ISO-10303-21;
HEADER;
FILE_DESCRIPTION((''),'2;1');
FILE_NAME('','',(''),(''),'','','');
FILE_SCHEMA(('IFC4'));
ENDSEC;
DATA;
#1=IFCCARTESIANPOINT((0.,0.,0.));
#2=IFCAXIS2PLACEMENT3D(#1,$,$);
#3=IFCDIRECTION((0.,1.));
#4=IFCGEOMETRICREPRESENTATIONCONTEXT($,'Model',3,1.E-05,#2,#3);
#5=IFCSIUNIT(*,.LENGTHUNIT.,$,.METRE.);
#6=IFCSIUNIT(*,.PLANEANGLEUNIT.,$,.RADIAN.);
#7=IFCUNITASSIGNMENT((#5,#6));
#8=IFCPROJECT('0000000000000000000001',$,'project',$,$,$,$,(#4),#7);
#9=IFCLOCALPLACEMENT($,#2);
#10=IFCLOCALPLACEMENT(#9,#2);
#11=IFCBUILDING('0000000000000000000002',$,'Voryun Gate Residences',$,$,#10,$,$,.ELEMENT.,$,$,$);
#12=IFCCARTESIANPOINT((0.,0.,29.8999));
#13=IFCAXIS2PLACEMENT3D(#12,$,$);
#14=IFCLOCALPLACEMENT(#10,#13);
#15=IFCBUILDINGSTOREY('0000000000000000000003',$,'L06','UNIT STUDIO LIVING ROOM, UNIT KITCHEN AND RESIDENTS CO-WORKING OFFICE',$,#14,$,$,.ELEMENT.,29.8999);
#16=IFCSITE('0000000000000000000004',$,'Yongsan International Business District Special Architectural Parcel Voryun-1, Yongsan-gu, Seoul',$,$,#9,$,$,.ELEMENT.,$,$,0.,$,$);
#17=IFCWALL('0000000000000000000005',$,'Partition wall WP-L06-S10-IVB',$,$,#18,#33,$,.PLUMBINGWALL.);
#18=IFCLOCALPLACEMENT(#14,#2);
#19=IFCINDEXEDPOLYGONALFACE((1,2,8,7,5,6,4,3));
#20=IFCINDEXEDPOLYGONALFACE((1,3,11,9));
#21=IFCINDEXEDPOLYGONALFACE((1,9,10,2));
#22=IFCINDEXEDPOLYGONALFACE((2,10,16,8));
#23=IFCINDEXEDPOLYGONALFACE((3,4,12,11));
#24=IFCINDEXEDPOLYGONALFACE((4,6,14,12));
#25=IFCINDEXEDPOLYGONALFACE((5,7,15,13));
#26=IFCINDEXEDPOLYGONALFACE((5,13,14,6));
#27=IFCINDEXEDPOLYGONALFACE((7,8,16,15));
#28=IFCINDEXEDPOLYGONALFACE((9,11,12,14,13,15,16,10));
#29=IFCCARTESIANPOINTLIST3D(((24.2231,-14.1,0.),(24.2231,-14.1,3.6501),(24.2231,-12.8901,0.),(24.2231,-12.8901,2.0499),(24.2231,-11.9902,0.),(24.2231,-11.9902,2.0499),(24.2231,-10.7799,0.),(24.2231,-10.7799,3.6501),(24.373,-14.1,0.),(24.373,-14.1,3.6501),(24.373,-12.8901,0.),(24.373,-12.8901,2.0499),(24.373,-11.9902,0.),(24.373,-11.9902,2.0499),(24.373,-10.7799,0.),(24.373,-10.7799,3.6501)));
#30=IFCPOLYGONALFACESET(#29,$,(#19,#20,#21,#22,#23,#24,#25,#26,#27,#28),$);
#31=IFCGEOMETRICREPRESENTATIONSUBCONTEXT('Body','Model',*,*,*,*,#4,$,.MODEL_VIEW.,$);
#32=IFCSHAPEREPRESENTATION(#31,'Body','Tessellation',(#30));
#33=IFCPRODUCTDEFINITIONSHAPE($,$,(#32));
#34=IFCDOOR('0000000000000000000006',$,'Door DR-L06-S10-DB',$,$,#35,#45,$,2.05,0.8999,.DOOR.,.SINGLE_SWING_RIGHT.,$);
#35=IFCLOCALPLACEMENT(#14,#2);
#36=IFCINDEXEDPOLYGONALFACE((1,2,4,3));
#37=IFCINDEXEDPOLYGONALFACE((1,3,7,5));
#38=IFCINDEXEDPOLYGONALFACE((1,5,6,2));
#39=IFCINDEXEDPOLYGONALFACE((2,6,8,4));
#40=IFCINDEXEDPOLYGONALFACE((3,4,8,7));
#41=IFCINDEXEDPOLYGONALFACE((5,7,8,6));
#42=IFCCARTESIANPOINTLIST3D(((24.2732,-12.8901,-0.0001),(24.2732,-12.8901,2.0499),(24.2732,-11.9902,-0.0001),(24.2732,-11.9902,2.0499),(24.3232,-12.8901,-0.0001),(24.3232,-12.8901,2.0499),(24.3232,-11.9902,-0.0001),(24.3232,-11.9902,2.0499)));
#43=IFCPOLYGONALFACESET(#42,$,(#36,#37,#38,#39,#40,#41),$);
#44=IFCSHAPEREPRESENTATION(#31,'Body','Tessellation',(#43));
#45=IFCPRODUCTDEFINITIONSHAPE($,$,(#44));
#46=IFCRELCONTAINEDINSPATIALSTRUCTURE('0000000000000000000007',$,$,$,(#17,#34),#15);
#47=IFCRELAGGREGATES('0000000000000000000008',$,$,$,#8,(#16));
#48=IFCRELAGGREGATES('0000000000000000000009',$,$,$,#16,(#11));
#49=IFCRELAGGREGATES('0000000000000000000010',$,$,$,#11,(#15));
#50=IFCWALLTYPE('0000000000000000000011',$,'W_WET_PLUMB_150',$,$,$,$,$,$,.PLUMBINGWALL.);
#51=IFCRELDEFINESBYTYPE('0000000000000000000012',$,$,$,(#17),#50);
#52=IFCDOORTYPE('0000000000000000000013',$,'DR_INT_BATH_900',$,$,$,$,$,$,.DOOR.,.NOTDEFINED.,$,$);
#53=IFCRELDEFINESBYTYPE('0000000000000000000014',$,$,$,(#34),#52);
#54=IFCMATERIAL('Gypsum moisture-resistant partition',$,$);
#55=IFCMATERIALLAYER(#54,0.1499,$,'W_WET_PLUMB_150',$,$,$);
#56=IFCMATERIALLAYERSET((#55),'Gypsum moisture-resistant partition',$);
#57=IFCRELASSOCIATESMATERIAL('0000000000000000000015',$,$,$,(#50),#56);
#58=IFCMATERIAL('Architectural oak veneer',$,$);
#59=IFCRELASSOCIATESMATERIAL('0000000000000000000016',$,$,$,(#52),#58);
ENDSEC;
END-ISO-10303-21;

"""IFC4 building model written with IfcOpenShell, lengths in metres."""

from ifc_helpers import new_model, si_unit, direction, frame, frame_2d, origin, place, context, subcontext, project, spatial, rectangle, extrude, material, layer, layer_set, type_object, element, fill, save


model = new_model("IFC4")

# Units and contexts
model_context = context("Model", 3, precision=1e-05, world=origin(), true_north=direction((0.0, 1.0)))
body_context = subcontext(model_context, "Body", "Model", "MODEL_VIEW")
ifc_project = project(units=[si_unit("LENGTHUNIT", "METRE"), si_unit("PLANEANGLEUNIT", "RADIAN")], contexts=[model_context])

# Site, building, storey
site_placement = place(None, origin())
site = spatial("IfcSite", under=ifc_project, at=site_placement, Name="Yongsan International Business District Special Architectural Parcel Voryun-1, Yongsan-gu, Seoul", CompositionType="ELEMENT", RefElevation=0.0)
building_placement = place(site_placement, origin())
building = spatial("IfcBuilding", under=site, at=building_placement, Name="Voryun Gate Residences", CompositionType="ELEMENT")
storey_placement = place(building_placement, frame((0.0, 0.0, 29.8999)))
storey = spatial("IfcBuildingStorey", under=building, at=storey_placement, Name="L06", Description="UNIT STUDIO LIVING ROOM, UNIT KITCHEN AND RESIDENTS CO-WORKING OFFICE", CompositionType="ELEMENT", Elevation=29.8999)

# Shared definitions
ifc_material_1 = material(Name="Gypsum moisture-resistant partition")
ifc_layer_1 = layer(ifc_material_1, 0.1499, Name="W_WET_PLUMB_150")
ifc_layer_set_1 = layer_set([ifc_layer_1], Name="Gypsum moisture-resistant partition")
wall_type_1 = type_object("IfcWallType", Name="W_WET_PLUMB_150", PredefinedType="PLUMBINGWALL", material=ifc_layer_set_1)

# Shared definitions
ifc_material_2 = material(Name="Architectural oak veneer")
door_type_1 = type_object("IfcDoorType", Name="DR_INT_BATH_900", OperationType="NOTDEFINED", PredefinedType="DOOR", material=ifc_material_2)

# Wall, opening, door
wall_1_placement = place(storey_placement, frame((24.2981, -14.1001, 0.0), z_axis=(0.0, 0.0, 1.0), x_axis=(0.0, 1.0, 0.0)))
wall_1 = element("IfcWall", 1, at=wall_1_placement, inside=storey, type_object=wall_type_1, Name="Partition wall WP-L06-S10-IVB", PredefinedType="PLUMBINGWALL", context=body_context, shape_type="SweptSolid", body=[
    extrude(rectangle(XDim=3.3201, YDim=0.1499, at=frame_2d((1.6602, 0.0))), origin(), (0.0, 0.0, 1.0), 3.6501),
])
opening_1_placement = place(wall_1_placement, frame((1.21, 0.0, 0.0)))
opening_1 = element("IfcOpeningElement", 2, at=opening_1_placement, cuts=wall_1, PredefinedType="OPENING", context=body_context, shape_type="SweptSolid", body=[
    extrude(rectangle(XDim=0.8999, YDim=2.05, at=frame_2d((0.45, 1.0249))), frame((0.0, 0.085, 0.0), z_axis=(0.0, -1.0, 0.0), x_axis=(1.0, 0.0, 0.0)), (0.0, 0.0, 1.0), 0.1699),
])
door_1_placement = place(opening_1_placement, origin())
door_1 = element("IfcDoor", 3, at=door_1_placement, inside=storey, type_object=door_type_1, Name="Door DR-L06-S10-DB", OperationType="SINGLE_SWING_RIGHT", OverallHeight=2.05, OverallWidth=0.8999, PredefinedType="DOOR", context=body_context, shape_type="SweptSolid", body=[
    extrude(rectangle(XDim=0.8999, YDim=2.05, at=frame_2d((0.45, 1.0249))), frame((0.0, 0.0249, 0.0), z_axis=(0.0, -1.0, 0.0), x_axis=(1.0, 0.0, 0.0)), (0.0, 0.0, 1.0), 0.05),
])
fill(opening_1, door_1)

save(model, "model.ifc")
